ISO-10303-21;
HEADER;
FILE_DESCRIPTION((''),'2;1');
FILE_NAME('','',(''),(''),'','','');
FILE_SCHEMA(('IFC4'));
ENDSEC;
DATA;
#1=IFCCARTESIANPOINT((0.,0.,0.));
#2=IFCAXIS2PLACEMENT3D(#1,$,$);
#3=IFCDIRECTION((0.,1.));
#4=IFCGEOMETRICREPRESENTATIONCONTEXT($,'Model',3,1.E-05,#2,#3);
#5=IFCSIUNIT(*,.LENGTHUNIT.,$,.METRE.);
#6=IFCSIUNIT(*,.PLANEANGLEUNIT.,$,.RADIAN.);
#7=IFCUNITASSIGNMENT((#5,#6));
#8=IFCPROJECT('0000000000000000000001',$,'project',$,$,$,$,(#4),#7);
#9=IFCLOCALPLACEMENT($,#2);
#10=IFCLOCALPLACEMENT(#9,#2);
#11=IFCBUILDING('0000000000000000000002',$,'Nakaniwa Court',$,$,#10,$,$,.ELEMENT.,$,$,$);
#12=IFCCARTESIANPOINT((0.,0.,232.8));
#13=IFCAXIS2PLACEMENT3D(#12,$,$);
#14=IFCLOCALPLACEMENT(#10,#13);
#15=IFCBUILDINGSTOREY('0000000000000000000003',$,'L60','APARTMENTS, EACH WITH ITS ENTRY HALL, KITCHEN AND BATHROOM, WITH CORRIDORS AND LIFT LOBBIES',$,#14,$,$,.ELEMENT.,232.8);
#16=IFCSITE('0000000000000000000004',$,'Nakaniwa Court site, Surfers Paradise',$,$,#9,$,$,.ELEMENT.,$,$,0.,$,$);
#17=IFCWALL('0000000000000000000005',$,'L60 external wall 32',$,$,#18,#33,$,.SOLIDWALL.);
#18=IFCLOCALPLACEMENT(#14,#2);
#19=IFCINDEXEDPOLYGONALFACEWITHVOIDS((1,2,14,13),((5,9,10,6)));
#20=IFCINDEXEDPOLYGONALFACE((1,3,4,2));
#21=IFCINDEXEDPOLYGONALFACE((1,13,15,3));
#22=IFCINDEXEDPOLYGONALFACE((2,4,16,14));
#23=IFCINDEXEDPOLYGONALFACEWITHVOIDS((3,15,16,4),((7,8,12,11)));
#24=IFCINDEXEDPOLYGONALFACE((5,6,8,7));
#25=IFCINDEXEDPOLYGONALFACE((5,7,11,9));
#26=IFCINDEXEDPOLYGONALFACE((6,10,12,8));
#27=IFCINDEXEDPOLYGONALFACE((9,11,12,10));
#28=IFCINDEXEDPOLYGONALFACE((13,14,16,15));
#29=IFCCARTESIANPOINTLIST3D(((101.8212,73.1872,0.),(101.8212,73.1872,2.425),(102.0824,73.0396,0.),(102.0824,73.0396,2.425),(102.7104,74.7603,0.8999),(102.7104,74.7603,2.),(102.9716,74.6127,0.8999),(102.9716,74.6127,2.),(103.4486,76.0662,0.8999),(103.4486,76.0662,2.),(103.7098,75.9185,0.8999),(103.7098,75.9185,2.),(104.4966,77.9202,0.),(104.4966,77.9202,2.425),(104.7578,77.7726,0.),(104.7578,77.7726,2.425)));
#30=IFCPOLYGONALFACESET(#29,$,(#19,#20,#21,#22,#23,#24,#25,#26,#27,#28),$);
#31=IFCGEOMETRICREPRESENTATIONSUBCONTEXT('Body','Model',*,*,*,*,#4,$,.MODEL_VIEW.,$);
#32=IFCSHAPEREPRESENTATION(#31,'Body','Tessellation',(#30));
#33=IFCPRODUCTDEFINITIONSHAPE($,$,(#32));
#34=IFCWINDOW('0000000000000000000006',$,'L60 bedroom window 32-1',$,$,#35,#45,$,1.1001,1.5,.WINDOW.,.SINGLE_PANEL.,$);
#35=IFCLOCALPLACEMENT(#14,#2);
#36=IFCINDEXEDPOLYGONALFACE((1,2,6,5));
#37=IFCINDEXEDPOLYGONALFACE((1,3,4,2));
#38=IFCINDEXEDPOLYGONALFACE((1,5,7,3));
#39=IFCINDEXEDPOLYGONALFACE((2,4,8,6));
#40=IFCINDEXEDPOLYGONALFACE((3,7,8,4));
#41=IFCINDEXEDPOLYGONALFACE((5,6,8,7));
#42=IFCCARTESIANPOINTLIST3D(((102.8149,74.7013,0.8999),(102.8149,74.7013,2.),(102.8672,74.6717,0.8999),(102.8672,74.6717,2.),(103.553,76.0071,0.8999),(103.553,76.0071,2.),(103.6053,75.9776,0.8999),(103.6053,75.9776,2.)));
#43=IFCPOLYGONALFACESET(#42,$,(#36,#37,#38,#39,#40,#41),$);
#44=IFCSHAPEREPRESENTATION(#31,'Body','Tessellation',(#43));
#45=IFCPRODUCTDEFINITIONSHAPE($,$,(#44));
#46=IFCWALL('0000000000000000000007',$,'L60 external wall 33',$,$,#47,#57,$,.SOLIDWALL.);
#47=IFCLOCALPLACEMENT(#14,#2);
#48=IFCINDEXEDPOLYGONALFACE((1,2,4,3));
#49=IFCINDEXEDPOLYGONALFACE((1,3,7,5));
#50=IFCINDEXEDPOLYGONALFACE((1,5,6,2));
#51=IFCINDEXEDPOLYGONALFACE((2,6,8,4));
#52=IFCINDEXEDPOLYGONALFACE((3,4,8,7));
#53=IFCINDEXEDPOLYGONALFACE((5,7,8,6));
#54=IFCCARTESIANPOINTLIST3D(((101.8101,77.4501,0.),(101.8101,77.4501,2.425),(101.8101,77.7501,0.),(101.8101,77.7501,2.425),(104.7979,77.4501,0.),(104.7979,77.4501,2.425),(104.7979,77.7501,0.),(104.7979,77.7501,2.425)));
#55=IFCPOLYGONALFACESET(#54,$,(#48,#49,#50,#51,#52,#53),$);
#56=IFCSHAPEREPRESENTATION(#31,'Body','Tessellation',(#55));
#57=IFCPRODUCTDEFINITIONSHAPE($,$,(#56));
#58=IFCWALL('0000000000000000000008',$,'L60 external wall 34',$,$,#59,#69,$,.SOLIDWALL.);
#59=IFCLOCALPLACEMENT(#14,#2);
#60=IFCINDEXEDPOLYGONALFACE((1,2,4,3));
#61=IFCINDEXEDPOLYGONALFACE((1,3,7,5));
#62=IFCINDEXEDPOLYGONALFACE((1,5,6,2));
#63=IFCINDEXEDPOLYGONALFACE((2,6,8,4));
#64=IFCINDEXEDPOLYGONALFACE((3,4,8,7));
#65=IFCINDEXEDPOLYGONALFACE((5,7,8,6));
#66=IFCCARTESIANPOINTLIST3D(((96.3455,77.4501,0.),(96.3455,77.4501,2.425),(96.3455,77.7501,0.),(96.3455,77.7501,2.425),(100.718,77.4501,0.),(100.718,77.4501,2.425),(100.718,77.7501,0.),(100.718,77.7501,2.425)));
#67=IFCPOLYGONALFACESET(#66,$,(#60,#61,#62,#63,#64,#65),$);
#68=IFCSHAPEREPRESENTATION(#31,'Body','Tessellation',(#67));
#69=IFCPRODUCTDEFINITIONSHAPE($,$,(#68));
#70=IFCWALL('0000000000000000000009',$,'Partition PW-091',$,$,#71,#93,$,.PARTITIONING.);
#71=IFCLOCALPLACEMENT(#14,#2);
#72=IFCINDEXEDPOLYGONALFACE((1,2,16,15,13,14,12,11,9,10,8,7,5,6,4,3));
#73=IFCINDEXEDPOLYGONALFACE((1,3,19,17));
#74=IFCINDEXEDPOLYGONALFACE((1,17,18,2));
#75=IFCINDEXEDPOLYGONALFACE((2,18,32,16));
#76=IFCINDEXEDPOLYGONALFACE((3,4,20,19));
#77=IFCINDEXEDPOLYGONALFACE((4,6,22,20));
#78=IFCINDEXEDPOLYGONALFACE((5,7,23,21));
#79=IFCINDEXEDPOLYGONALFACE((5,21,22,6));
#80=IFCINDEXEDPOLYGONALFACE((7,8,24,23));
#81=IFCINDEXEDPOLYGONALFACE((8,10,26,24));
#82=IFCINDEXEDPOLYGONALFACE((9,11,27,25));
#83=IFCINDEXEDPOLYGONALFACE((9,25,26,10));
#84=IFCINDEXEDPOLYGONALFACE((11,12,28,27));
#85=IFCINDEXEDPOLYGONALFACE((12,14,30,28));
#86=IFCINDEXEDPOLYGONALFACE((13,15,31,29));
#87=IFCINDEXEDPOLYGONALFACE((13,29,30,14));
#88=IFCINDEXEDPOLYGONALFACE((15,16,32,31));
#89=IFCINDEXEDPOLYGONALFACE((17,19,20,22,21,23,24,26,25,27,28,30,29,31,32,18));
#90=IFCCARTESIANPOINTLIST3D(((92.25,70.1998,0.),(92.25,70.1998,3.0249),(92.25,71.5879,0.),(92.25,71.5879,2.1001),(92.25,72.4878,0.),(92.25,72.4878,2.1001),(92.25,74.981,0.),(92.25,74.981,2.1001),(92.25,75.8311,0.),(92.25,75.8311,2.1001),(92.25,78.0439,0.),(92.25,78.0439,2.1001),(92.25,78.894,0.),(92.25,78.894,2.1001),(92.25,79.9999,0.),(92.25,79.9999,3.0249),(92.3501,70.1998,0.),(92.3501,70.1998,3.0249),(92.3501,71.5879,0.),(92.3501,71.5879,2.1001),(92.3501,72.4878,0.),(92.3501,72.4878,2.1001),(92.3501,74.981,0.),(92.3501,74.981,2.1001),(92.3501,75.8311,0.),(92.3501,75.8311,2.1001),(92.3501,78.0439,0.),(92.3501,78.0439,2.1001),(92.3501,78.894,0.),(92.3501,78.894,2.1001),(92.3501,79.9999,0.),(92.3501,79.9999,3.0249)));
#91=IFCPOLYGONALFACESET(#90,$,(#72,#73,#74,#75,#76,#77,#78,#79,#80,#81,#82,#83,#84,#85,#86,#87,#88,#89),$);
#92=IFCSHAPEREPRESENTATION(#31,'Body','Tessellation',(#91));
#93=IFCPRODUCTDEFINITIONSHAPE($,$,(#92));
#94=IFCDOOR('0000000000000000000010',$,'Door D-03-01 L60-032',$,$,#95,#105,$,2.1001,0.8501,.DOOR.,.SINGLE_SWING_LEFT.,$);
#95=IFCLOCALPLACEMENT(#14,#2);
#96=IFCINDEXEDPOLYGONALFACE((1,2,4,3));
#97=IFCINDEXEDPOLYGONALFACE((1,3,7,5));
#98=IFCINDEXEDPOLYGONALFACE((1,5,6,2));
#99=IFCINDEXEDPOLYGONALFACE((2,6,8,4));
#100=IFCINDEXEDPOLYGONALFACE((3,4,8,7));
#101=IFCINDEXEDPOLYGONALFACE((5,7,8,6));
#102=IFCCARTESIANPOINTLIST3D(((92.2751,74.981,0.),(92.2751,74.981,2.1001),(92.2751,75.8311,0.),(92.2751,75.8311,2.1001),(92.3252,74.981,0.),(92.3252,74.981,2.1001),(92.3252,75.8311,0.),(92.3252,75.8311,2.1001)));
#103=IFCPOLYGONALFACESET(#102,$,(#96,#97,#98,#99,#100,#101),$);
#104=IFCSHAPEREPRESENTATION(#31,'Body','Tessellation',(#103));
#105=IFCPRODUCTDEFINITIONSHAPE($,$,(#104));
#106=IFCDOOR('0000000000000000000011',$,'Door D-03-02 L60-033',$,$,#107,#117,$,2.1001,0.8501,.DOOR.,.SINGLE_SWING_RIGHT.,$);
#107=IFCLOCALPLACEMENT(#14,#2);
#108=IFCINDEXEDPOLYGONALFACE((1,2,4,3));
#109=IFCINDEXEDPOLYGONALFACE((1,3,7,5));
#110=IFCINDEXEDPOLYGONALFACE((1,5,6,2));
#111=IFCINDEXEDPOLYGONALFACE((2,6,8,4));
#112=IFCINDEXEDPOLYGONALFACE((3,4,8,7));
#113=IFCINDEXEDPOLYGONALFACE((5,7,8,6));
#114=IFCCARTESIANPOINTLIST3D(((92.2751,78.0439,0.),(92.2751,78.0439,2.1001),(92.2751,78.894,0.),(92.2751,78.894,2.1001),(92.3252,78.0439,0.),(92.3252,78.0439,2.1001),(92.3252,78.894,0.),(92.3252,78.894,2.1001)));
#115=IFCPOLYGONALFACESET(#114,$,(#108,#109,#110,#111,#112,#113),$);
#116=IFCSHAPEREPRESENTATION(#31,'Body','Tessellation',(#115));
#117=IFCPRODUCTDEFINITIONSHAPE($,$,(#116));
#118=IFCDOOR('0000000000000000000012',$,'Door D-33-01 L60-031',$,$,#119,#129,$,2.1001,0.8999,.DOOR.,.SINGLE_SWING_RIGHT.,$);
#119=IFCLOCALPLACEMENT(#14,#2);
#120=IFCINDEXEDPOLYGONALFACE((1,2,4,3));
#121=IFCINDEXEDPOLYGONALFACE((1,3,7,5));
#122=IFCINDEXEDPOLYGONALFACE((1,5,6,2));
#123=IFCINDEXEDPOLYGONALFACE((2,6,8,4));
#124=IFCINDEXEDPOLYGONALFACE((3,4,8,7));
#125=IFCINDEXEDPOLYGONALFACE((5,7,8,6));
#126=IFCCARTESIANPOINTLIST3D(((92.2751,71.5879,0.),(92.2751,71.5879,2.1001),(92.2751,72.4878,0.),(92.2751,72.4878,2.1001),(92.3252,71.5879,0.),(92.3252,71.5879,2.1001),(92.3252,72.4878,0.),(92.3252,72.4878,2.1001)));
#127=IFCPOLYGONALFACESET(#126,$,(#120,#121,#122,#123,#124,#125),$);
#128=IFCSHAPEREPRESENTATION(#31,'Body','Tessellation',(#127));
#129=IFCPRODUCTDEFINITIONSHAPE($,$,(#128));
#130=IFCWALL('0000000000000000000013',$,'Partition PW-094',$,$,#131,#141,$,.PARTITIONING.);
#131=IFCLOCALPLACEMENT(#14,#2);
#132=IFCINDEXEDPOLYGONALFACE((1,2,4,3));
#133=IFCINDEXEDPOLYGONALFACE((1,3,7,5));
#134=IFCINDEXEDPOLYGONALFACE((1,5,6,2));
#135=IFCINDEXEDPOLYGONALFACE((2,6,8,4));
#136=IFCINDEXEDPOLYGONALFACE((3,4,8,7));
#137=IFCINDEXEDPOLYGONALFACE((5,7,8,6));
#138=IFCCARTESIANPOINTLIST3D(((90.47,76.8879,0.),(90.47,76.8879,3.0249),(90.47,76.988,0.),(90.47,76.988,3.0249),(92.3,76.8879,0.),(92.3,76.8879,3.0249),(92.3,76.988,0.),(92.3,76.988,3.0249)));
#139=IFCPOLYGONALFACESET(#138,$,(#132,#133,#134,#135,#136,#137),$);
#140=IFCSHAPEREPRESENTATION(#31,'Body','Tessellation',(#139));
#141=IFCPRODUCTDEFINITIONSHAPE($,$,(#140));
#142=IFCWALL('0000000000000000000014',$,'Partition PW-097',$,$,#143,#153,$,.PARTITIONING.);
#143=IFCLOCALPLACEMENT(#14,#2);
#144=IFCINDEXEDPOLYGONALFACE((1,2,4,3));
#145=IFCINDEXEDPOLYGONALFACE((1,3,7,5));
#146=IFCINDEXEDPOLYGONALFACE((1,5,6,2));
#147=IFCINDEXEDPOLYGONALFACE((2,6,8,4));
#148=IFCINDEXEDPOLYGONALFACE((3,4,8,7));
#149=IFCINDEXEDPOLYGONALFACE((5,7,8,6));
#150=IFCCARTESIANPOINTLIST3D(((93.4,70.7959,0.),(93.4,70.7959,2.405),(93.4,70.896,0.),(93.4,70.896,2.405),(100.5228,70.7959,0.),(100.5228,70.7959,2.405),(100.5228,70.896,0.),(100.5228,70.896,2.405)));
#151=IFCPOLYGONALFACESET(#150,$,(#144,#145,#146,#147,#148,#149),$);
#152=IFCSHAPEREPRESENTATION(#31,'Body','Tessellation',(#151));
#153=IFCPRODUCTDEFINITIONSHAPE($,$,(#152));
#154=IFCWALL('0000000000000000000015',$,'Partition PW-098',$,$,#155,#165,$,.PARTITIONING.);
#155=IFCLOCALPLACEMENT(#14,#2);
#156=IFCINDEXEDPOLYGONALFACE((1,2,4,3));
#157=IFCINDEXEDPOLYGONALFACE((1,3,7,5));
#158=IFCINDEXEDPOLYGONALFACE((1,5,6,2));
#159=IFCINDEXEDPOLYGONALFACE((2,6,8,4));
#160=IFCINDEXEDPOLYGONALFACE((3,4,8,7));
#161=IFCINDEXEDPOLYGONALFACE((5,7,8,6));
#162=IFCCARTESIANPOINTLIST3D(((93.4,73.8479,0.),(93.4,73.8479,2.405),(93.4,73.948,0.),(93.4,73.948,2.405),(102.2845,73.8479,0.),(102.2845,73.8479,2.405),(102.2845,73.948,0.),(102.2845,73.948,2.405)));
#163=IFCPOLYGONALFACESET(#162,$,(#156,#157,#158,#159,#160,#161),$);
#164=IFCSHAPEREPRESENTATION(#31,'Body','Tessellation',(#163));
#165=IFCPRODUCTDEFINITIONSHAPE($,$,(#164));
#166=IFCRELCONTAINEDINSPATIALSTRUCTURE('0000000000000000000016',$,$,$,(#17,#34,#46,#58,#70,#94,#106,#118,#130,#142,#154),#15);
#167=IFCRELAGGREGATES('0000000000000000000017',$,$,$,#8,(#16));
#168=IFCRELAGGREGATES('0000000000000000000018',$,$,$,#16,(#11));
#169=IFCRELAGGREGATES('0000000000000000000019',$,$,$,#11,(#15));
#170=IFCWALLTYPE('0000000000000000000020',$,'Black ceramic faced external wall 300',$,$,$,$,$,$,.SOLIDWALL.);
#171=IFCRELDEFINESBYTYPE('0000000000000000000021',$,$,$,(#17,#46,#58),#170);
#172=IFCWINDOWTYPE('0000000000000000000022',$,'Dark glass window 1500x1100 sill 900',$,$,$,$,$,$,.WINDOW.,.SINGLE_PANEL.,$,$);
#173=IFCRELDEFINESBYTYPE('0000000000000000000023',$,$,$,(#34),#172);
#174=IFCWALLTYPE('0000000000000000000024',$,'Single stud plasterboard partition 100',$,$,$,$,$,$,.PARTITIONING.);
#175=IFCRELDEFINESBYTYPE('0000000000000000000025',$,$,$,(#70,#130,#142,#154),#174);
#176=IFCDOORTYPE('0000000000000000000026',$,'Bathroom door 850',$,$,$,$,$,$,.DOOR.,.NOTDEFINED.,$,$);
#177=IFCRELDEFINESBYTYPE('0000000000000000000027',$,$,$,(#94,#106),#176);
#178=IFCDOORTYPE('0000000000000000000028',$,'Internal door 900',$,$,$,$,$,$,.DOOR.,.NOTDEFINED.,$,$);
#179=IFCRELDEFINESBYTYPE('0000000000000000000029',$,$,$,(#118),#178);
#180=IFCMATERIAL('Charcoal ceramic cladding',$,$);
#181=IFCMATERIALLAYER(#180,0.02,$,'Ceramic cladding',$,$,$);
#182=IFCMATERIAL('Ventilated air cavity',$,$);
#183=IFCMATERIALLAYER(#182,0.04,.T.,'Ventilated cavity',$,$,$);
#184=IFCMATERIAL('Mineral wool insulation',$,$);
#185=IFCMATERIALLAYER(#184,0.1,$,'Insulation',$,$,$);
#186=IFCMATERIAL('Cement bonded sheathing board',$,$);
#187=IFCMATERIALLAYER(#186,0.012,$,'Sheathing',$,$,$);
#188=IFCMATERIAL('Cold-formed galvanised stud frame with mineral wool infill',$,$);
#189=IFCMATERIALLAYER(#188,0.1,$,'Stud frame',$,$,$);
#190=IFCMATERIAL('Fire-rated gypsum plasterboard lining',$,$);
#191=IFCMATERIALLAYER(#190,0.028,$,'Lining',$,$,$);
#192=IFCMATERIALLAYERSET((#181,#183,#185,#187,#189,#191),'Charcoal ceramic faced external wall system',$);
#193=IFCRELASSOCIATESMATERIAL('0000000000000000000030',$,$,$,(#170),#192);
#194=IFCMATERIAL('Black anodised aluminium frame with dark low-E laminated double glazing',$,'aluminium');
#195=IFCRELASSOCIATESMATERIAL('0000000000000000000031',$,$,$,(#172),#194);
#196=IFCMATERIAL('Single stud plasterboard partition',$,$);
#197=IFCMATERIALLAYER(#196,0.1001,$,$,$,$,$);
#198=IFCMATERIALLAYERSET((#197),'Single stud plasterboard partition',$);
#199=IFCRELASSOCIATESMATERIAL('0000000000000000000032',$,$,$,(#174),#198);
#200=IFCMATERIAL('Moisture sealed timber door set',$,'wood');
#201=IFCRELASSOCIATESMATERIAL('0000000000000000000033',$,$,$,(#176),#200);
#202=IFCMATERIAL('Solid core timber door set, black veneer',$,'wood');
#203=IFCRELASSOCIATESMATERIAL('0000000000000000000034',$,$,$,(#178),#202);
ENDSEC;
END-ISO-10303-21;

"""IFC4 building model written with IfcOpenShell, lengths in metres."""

from ifc_helpers import new_model, si_unit, direction, frame, frame_2d, origin, place, context, subcontext, project, spatial, rectangle, extrude, material, layer, layer_set, type_object, element, fill, save


model = new_model("IFC4")

# Units and contexts
model_context = context("Model", 3, precision=1e-05, world=origin(), true_north=direction((0.0, 1.0)))
body_context = subcontext(model_context, "Body", "Model", "MODEL_VIEW")
ifc_project = project(units=[si_unit("LENGTHUNIT", "METRE"), si_unit("PLANEANGLEUNIT", "RADIAN")], contexts=[model_context])

# Site, building, storey
site_placement = place(None, origin())
site = spatial("IfcSite", under=ifc_project, at=site_placement, Name="Nakaniwa Court site, Surfers Paradise", CompositionType="ELEMENT", RefElevation=0.0)
building_placement = place(site_placement, origin())
building = spatial("IfcBuilding", under=site, at=building_placement, Name="Nakaniwa Court", CompositionType="ELEMENT")
storey_placement = place(building_placement, frame((0.0, 0.0, 232.8)))
storey = spatial("IfcBuildingStorey", under=building, at=storey_placement, Name="L60", Description="APARTMENTS, EACH WITH ITS ENTRY HALL, KITCHEN AND BATHROOM, WITH CORRIDORS AND LIFT LOBBIES", CompositionType="ELEMENT", Elevation=232.8)

# Shared definitions
ifc_material_1 = material(Name="Charcoal ceramic cladding")
ifc_layer_1 = layer(ifc_material_1, 0.02, Name="Ceramic cladding")
ifc_material_2 = material(Name="Ventilated air cavity")
ifc_layer_2 = layer(ifc_material_2, 0.04, ventilated=True, Name="Ventilated cavity")
ifc_material_3 = material(Name="Mineral wool insulation")
ifc_layer_3 = layer(ifc_material_3, 0.1, Name="Insulation")
ifc_material_4 = material(Name="Cement bonded sheathing board")
ifc_layer_4 = layer(ifc_material_4, 0.012, Name="Sheathing")
ifc_material_5 = material(Name="Cold-formed galvanised stud frame with mineral wool infill")
ifc_layer_5 = layer(ifc_material_5, 0.1, Name="Stud frame")
ifc_material_6 = material(Name="Fire-rated gypsum plasterboard lining")
ifc_layer_6 = layer(ifc_material_6, 0.028, Name="Lining")
ifc_layer_set_1 = layer_set([ifc_layer_1, ifc_layer_2, ifc_layer_3, ifc_layer_4, ifc_layer_5, ifc_layer_6], Name="Charcoal ceramic faced external wall system")
wall_type_1 = type_object("IfcWallType", Name="Black ceramic faced external wall 300", PredefinedType="SOLIDWALL", material=ifc_layer_set_1)
ifc_material_7 = material(Name="Black anodised aluminium frame with dark low-E laminated double glazing", Category="aluminium")

# Wall, opening, window
wall_1_placement = place(storey_placement, frame((101.9519, 73.1135, 0.0), z_axis=(0.0, 0.0, 1.0), x_axis=(0.492081, 0.870549, 0.0)))
wall_1 = element("IfcWall", 1, at=wall_1_placement, inside=storey, type_object=wall_type_1, Name="L60 external wall 32", PredefinedType="SOLIDWALL", context=body_context, shape_type="SweptSolid", body=[
    extrude(rectangle(XDim=5.4368, YDim=0.3, at=frame_2d((2.7183, 0.0))), origin(), (0.0, 0.0, 1.0), 2.425),
])
opening_1_placement = place(wall_1_placement, frame((1.8069, 0.0, 0.8999)))
opening_1 = element("IfcOpeningElement", 2, at=opening_1_placement, cuts=wall_1, PredefinedType="OPENING", context=body_context, shape_type="SweptSolid", body=[
    extrude(rectangle(XDim=1.5, YDim=1.1001, at=frame_2d((0.75, 0.55))), frame((0.0, 0.1599, 0.0), z_axis=(0.0, -1.0, 0.0), x_axis=(1.0, 0.0, 0.0)), (0.0, 0.0, 1.0), 0.3201),
])
window_type_1 = type_object("IfcWindowType", Name="Dark glass window 1500x1100 sill 900", PartitioningType="SINGLE_PANEL", PredefinedType="WINDOW", material=ifc_material_7)
window_1_placement = place(opening_1_placement, origin())
window_1 = element("IfcWindow", 3, at=window_1_placement, inside=storey, type_object=window_type_1, Name="L60 bedroom window 32-1", OverallHeight=1.1001, OverallWidth=1.5, PartitioningType="SINGLE_PANEL", PredefinedType="WINDOW", context=body_context, shape_type="SweptSolid", body=[
    extrude(rectangle(XDim=1.5, YDim=1.1001, at=frame_2d((0.75, 0.55))), frame((0.0, 0.03, 0.0), z_axis=(0.0, -1.0, 0.0), x_axis=(1.0, 0.0, 0.0)), (0.0, 0.0, 1.0), 0.0601),
])
fill(opening_1, window_1)

# Walls
wall_2_placement = place(storey_placement, frame((104.7979, 77.6001, 0.0), z_axis=(0.0, 0.0, 1.0), x_axis=(-1.0, 0.0, 0.0)))
element("IfcWall", 4, at=wall_2_placement, inside=storey, type_object=wall_type_1, Name="L60 external wall 33", PredefinedType="SOLIDWALL", context=body_context, shape_type="SweptSolid", body=[
    extrude(rectangle(XDim=2.9878, YDim=0.3, at=frame_2d((1.4939, 0.0))), origin(), (0.0, 0.0, 1.0), 2.425),
])
wall_3_placement = place(storey_placement, frame((100.718, 77.6001, 0.0), z_axis=(0.0, 0.0, 1.0), x_axis=(-1.0, 0.0, 0.0)))
element("IfcWall", 5, at=wall_3_placement, inside=storey, type_object=wall_type_1, Name="L60 external wall 34", PredefinedType="SOLIDWALL", context=body_context, shape_type="SweptSolid", body=[
    extrude(rectangle(XDim=4.3726, YDim=0.3, at=frame_2d((2.1863, 0.0))), origin(), (0.0, 0.0, 1.0), 2.425),
])

# Wall, openings, doors
ifc_material_8 = material(Name="Single stud plasterboard partition")
ifc_layer_7 = layer(ifc_material_8, 0.1001)
ifc_layer_set_2 = layer_set([ifc_layer_7], Name="Single stud plasterboard partition")
wall_type_2 = type_object("IfcWallType", Name="Single stud plasterboard partition 100", PredefinedType="PARTITIONING", material=ifc_layer_set_2)
wall_4_placement = place(storey_placement, frame((92.3, 70.2, 0.0), z_axis=(0.0, 0.0, 1.0), x_axis=(0.0, 1.0, 0.0)))
wall_4 = element("IfcWall", 6, at=wall_4_placement, inside=storey, type_object=wall_type_2, Name="Partition PW-091", PredefinedType="PARTITIONING", context=body_context, shape_type="SweptSolid", body=[
    extrude(rectangle(XDim=9.8, YDim=0.1001, at=frame_2d((4.8999, 0.0))), origin(), (0.0, 0.0, 1.0), 3.0249),
])
opening_2_placement = place(wall_4_placement, frame((1.3879, 0.0, 0.0)))
opening_2 = element("IfcOpeningElement", 7, at=opening_2_placement, cuts=wall_4, PredefinedType="OPENING", context=body_context, shape_type="SweptSolid", body=[
    extrude(rectangle(XDim=0.8999, YDim=2.1001, at=frame_2d((0.45, 1.05))), frame((0.0, 0.0601, 0.0), z_axis=(0.0, -1.0, 0.0), x_axis=(1.0, 0.0, 0.0)), (0.0, 0.0, 1.0), 0.1201),
])
opening_3_placement = place(wall_4_placement, frame((4.781, 0.0, 0.0)))
opening_3 = element("IfcOpeningElement", 8, at=opening_3_placement, cuts=wall_4, PredefinedType="OPENING", context=body_context, shape_type="SweptSolid", body=[
    extrude(rectangle(XDim=0.8501, YDim=2.1001, at=frame_2d((0.425, 1.05))), frame((0.0, 0.0601, 0.0), z_axis=(0.0, -1.0, 0.0), x_axis=(1.0, 0.0, 0.0)), (0.0, 0.0, 1.0), 0.1201),
])
opening_4_placement = place(wall_4_placement, frame((7.844, 0.0, 0.0)))
opening_4 = element("IfcOpeningElement", 9, at=opening_4_placement, cuts=wall_4, PredefinedType="OPENING", context=body_context, shape_type="SweptSolid", body=[
    extrude(rectangle(XDim=0.8501, YDim=2.1001, at=frame_2d((0.425, 1.05))), frame((0.0, 0.0601, 0.0), z_axis=(0.0, -1.0, 0.0), x_axis=(1.0, 0.0, 0.0)), (0.0, 0.0, 1.0), 0.1201),
])
ifc_material_9 = material(Name="Moisture sealed timber door set", Category="wood")
door_type_1 = type_object("IfcDoorType", Name="Bathroom door 850", OperationType="NOTDEFINED", PredefinedType="DOOR", material=ifc_material_9)
door_1_placement = place(opening_3_placement, origin())
door_1 = element("IfcDoor", 10, at=door_1_placement, inside=storey, type_object=door_type_1, Name="Door D-03-01 L60-032", OperationType="SINGLE_SWING_LEFT", OverallHeight=2.1001, OverallWidth=0.8501, PredefinedType="DOOR", context=body_context, shape_type="SweptSolid", body=[
    extrude(rectangle(XDim=0.8501, YDim=2.1001, at=frame_2d((0.425, 1.05))), frame((0.0, 0.0249, 0.0), z_axis=(0.0, -1.0, 0.0), x_axis=(1.0, 0.0, 0.0)), (0.0, 0.0, 1.0), 0.05),
])
fill(opening_3, door_1)
door_2_placement = place(opening_4_placement, origin())
door_2 = element("IfcDoor", 11, at=door_2_placement, inside=storey, type_object=door_type_1, Name="Door D-03-02 L60-033", OperationType="SINGLE_SWING_RIGHT", OverallHeight=2.1001, OverallWidth=0.8501, PredefinedType="DOOR", context=body_context, shape_type="SweptSolid", body=[
    extrude(rectangle(XDim=0.8501, YDim=2.1001, at=frame_2d((0.425, 1.05))), frame((0.0, 0.0249, 0.0), z_axis=(0.0, -1.0, 0.0), x_axis=(1.0, 0.0, 0.0)), (0.0, 0.0, 1.0), 0.05),
])
fill(opening_4, door_2)
ifc_material_10 = material(Name="Solid core timber door set, black veneer", Category="wood")
door_type_2 = type_object("IfcDoorType", Name="Internal door 900", OperationType="NOTDEFINED", PredefinedType="DOOR", material=ifc_material_10)
door_3_placement = place(opening_2_placement, origin())
door_3 = element("IfcDoor", 12, at=door_3_placement, inside=storey, type_object=door_type_2, Name="Door D-33-01 L60-031", OperationType="SINGLE_SWING_RIGHT", OverallHeight=2.1001, OverallWidth=0.8999, PredefinedType="DOOR", context=body_context, shape_type="SweptSolid", body=[
    extrude(rectangle(XDim=0.8999, YDim=2.1001, at=frame_2d((0.45, 1.05))), frame((0.0, 0.0249, 0.0), z_axis=(0.0, -1.0, 0.0), x_axis=(1.0, 0.0, 0.0)), (0.0, 0.0, 1.0), 0.05),
])
fill(opening_2, door_3)

# Walls
wall_5_placement = place(storey_placement, frame((90.47, 76.938, 0.0), z_axis=(0.0, 0.0, 1.0), x_axis=(1.0, 0.0, 0.0)))
element("IfcWall", 13, at=wall_5_placement, inside=storey, type_object=wall_type_2, Name="Partition PW-094", PredefinedType="PARTITIONING", context=body_context, shape_type="SweptSolid", body=[
    extrude(rectangle(XDim=1.8301, YDim=0.1001, at=frame_2d((0.915, 0.0))), origin(), (0.0, 0.0, 1.0), 3.0249),
])
wall_6_placement = place(storey_placement, frame((93.3999, 70.8459, 0.0), z_axis=(0.0, 0.0, 1.0), x_axis=(1.0, 0.0, 0.0)))
element("IfcWall", 14, at=wall_6_placement, inside=storey, type_object=wall_type_2, Name="Partition PW-097", PredefinedType="PARTITIONING", context=body_context, shape_type="SweptSolid", body=[
    extrude(rectangle(XDim=7.1228, YDim=0.1001, at=frame_2d((3.5615, 0.0))), origin(), (0.0, 0.0, 1.0), 2.405),
])
wall_7_placement = place(storey_placement, frame((93.3999, 73.8979, 0.0), z_axis=(0.0, 0.0, 1.0), x_axis=(1.0, 0.0, 0.0)))
element("IfcWall", 15, at=wall_7_placement, inside=storey, type_object=wall_type_2, Name="Partition PW-098", PredefinedType="PARTITIONING", context=body_context, shape_type="SweptSolid", body=[
    extrude(rectangle(XDim=8.8845, YDim=0.1001, at=frame_2d((4.4424, 0.0))), origin(), (0.0, 0.0, 1.0), 2.405),
])

save(model, "model.ifc")
